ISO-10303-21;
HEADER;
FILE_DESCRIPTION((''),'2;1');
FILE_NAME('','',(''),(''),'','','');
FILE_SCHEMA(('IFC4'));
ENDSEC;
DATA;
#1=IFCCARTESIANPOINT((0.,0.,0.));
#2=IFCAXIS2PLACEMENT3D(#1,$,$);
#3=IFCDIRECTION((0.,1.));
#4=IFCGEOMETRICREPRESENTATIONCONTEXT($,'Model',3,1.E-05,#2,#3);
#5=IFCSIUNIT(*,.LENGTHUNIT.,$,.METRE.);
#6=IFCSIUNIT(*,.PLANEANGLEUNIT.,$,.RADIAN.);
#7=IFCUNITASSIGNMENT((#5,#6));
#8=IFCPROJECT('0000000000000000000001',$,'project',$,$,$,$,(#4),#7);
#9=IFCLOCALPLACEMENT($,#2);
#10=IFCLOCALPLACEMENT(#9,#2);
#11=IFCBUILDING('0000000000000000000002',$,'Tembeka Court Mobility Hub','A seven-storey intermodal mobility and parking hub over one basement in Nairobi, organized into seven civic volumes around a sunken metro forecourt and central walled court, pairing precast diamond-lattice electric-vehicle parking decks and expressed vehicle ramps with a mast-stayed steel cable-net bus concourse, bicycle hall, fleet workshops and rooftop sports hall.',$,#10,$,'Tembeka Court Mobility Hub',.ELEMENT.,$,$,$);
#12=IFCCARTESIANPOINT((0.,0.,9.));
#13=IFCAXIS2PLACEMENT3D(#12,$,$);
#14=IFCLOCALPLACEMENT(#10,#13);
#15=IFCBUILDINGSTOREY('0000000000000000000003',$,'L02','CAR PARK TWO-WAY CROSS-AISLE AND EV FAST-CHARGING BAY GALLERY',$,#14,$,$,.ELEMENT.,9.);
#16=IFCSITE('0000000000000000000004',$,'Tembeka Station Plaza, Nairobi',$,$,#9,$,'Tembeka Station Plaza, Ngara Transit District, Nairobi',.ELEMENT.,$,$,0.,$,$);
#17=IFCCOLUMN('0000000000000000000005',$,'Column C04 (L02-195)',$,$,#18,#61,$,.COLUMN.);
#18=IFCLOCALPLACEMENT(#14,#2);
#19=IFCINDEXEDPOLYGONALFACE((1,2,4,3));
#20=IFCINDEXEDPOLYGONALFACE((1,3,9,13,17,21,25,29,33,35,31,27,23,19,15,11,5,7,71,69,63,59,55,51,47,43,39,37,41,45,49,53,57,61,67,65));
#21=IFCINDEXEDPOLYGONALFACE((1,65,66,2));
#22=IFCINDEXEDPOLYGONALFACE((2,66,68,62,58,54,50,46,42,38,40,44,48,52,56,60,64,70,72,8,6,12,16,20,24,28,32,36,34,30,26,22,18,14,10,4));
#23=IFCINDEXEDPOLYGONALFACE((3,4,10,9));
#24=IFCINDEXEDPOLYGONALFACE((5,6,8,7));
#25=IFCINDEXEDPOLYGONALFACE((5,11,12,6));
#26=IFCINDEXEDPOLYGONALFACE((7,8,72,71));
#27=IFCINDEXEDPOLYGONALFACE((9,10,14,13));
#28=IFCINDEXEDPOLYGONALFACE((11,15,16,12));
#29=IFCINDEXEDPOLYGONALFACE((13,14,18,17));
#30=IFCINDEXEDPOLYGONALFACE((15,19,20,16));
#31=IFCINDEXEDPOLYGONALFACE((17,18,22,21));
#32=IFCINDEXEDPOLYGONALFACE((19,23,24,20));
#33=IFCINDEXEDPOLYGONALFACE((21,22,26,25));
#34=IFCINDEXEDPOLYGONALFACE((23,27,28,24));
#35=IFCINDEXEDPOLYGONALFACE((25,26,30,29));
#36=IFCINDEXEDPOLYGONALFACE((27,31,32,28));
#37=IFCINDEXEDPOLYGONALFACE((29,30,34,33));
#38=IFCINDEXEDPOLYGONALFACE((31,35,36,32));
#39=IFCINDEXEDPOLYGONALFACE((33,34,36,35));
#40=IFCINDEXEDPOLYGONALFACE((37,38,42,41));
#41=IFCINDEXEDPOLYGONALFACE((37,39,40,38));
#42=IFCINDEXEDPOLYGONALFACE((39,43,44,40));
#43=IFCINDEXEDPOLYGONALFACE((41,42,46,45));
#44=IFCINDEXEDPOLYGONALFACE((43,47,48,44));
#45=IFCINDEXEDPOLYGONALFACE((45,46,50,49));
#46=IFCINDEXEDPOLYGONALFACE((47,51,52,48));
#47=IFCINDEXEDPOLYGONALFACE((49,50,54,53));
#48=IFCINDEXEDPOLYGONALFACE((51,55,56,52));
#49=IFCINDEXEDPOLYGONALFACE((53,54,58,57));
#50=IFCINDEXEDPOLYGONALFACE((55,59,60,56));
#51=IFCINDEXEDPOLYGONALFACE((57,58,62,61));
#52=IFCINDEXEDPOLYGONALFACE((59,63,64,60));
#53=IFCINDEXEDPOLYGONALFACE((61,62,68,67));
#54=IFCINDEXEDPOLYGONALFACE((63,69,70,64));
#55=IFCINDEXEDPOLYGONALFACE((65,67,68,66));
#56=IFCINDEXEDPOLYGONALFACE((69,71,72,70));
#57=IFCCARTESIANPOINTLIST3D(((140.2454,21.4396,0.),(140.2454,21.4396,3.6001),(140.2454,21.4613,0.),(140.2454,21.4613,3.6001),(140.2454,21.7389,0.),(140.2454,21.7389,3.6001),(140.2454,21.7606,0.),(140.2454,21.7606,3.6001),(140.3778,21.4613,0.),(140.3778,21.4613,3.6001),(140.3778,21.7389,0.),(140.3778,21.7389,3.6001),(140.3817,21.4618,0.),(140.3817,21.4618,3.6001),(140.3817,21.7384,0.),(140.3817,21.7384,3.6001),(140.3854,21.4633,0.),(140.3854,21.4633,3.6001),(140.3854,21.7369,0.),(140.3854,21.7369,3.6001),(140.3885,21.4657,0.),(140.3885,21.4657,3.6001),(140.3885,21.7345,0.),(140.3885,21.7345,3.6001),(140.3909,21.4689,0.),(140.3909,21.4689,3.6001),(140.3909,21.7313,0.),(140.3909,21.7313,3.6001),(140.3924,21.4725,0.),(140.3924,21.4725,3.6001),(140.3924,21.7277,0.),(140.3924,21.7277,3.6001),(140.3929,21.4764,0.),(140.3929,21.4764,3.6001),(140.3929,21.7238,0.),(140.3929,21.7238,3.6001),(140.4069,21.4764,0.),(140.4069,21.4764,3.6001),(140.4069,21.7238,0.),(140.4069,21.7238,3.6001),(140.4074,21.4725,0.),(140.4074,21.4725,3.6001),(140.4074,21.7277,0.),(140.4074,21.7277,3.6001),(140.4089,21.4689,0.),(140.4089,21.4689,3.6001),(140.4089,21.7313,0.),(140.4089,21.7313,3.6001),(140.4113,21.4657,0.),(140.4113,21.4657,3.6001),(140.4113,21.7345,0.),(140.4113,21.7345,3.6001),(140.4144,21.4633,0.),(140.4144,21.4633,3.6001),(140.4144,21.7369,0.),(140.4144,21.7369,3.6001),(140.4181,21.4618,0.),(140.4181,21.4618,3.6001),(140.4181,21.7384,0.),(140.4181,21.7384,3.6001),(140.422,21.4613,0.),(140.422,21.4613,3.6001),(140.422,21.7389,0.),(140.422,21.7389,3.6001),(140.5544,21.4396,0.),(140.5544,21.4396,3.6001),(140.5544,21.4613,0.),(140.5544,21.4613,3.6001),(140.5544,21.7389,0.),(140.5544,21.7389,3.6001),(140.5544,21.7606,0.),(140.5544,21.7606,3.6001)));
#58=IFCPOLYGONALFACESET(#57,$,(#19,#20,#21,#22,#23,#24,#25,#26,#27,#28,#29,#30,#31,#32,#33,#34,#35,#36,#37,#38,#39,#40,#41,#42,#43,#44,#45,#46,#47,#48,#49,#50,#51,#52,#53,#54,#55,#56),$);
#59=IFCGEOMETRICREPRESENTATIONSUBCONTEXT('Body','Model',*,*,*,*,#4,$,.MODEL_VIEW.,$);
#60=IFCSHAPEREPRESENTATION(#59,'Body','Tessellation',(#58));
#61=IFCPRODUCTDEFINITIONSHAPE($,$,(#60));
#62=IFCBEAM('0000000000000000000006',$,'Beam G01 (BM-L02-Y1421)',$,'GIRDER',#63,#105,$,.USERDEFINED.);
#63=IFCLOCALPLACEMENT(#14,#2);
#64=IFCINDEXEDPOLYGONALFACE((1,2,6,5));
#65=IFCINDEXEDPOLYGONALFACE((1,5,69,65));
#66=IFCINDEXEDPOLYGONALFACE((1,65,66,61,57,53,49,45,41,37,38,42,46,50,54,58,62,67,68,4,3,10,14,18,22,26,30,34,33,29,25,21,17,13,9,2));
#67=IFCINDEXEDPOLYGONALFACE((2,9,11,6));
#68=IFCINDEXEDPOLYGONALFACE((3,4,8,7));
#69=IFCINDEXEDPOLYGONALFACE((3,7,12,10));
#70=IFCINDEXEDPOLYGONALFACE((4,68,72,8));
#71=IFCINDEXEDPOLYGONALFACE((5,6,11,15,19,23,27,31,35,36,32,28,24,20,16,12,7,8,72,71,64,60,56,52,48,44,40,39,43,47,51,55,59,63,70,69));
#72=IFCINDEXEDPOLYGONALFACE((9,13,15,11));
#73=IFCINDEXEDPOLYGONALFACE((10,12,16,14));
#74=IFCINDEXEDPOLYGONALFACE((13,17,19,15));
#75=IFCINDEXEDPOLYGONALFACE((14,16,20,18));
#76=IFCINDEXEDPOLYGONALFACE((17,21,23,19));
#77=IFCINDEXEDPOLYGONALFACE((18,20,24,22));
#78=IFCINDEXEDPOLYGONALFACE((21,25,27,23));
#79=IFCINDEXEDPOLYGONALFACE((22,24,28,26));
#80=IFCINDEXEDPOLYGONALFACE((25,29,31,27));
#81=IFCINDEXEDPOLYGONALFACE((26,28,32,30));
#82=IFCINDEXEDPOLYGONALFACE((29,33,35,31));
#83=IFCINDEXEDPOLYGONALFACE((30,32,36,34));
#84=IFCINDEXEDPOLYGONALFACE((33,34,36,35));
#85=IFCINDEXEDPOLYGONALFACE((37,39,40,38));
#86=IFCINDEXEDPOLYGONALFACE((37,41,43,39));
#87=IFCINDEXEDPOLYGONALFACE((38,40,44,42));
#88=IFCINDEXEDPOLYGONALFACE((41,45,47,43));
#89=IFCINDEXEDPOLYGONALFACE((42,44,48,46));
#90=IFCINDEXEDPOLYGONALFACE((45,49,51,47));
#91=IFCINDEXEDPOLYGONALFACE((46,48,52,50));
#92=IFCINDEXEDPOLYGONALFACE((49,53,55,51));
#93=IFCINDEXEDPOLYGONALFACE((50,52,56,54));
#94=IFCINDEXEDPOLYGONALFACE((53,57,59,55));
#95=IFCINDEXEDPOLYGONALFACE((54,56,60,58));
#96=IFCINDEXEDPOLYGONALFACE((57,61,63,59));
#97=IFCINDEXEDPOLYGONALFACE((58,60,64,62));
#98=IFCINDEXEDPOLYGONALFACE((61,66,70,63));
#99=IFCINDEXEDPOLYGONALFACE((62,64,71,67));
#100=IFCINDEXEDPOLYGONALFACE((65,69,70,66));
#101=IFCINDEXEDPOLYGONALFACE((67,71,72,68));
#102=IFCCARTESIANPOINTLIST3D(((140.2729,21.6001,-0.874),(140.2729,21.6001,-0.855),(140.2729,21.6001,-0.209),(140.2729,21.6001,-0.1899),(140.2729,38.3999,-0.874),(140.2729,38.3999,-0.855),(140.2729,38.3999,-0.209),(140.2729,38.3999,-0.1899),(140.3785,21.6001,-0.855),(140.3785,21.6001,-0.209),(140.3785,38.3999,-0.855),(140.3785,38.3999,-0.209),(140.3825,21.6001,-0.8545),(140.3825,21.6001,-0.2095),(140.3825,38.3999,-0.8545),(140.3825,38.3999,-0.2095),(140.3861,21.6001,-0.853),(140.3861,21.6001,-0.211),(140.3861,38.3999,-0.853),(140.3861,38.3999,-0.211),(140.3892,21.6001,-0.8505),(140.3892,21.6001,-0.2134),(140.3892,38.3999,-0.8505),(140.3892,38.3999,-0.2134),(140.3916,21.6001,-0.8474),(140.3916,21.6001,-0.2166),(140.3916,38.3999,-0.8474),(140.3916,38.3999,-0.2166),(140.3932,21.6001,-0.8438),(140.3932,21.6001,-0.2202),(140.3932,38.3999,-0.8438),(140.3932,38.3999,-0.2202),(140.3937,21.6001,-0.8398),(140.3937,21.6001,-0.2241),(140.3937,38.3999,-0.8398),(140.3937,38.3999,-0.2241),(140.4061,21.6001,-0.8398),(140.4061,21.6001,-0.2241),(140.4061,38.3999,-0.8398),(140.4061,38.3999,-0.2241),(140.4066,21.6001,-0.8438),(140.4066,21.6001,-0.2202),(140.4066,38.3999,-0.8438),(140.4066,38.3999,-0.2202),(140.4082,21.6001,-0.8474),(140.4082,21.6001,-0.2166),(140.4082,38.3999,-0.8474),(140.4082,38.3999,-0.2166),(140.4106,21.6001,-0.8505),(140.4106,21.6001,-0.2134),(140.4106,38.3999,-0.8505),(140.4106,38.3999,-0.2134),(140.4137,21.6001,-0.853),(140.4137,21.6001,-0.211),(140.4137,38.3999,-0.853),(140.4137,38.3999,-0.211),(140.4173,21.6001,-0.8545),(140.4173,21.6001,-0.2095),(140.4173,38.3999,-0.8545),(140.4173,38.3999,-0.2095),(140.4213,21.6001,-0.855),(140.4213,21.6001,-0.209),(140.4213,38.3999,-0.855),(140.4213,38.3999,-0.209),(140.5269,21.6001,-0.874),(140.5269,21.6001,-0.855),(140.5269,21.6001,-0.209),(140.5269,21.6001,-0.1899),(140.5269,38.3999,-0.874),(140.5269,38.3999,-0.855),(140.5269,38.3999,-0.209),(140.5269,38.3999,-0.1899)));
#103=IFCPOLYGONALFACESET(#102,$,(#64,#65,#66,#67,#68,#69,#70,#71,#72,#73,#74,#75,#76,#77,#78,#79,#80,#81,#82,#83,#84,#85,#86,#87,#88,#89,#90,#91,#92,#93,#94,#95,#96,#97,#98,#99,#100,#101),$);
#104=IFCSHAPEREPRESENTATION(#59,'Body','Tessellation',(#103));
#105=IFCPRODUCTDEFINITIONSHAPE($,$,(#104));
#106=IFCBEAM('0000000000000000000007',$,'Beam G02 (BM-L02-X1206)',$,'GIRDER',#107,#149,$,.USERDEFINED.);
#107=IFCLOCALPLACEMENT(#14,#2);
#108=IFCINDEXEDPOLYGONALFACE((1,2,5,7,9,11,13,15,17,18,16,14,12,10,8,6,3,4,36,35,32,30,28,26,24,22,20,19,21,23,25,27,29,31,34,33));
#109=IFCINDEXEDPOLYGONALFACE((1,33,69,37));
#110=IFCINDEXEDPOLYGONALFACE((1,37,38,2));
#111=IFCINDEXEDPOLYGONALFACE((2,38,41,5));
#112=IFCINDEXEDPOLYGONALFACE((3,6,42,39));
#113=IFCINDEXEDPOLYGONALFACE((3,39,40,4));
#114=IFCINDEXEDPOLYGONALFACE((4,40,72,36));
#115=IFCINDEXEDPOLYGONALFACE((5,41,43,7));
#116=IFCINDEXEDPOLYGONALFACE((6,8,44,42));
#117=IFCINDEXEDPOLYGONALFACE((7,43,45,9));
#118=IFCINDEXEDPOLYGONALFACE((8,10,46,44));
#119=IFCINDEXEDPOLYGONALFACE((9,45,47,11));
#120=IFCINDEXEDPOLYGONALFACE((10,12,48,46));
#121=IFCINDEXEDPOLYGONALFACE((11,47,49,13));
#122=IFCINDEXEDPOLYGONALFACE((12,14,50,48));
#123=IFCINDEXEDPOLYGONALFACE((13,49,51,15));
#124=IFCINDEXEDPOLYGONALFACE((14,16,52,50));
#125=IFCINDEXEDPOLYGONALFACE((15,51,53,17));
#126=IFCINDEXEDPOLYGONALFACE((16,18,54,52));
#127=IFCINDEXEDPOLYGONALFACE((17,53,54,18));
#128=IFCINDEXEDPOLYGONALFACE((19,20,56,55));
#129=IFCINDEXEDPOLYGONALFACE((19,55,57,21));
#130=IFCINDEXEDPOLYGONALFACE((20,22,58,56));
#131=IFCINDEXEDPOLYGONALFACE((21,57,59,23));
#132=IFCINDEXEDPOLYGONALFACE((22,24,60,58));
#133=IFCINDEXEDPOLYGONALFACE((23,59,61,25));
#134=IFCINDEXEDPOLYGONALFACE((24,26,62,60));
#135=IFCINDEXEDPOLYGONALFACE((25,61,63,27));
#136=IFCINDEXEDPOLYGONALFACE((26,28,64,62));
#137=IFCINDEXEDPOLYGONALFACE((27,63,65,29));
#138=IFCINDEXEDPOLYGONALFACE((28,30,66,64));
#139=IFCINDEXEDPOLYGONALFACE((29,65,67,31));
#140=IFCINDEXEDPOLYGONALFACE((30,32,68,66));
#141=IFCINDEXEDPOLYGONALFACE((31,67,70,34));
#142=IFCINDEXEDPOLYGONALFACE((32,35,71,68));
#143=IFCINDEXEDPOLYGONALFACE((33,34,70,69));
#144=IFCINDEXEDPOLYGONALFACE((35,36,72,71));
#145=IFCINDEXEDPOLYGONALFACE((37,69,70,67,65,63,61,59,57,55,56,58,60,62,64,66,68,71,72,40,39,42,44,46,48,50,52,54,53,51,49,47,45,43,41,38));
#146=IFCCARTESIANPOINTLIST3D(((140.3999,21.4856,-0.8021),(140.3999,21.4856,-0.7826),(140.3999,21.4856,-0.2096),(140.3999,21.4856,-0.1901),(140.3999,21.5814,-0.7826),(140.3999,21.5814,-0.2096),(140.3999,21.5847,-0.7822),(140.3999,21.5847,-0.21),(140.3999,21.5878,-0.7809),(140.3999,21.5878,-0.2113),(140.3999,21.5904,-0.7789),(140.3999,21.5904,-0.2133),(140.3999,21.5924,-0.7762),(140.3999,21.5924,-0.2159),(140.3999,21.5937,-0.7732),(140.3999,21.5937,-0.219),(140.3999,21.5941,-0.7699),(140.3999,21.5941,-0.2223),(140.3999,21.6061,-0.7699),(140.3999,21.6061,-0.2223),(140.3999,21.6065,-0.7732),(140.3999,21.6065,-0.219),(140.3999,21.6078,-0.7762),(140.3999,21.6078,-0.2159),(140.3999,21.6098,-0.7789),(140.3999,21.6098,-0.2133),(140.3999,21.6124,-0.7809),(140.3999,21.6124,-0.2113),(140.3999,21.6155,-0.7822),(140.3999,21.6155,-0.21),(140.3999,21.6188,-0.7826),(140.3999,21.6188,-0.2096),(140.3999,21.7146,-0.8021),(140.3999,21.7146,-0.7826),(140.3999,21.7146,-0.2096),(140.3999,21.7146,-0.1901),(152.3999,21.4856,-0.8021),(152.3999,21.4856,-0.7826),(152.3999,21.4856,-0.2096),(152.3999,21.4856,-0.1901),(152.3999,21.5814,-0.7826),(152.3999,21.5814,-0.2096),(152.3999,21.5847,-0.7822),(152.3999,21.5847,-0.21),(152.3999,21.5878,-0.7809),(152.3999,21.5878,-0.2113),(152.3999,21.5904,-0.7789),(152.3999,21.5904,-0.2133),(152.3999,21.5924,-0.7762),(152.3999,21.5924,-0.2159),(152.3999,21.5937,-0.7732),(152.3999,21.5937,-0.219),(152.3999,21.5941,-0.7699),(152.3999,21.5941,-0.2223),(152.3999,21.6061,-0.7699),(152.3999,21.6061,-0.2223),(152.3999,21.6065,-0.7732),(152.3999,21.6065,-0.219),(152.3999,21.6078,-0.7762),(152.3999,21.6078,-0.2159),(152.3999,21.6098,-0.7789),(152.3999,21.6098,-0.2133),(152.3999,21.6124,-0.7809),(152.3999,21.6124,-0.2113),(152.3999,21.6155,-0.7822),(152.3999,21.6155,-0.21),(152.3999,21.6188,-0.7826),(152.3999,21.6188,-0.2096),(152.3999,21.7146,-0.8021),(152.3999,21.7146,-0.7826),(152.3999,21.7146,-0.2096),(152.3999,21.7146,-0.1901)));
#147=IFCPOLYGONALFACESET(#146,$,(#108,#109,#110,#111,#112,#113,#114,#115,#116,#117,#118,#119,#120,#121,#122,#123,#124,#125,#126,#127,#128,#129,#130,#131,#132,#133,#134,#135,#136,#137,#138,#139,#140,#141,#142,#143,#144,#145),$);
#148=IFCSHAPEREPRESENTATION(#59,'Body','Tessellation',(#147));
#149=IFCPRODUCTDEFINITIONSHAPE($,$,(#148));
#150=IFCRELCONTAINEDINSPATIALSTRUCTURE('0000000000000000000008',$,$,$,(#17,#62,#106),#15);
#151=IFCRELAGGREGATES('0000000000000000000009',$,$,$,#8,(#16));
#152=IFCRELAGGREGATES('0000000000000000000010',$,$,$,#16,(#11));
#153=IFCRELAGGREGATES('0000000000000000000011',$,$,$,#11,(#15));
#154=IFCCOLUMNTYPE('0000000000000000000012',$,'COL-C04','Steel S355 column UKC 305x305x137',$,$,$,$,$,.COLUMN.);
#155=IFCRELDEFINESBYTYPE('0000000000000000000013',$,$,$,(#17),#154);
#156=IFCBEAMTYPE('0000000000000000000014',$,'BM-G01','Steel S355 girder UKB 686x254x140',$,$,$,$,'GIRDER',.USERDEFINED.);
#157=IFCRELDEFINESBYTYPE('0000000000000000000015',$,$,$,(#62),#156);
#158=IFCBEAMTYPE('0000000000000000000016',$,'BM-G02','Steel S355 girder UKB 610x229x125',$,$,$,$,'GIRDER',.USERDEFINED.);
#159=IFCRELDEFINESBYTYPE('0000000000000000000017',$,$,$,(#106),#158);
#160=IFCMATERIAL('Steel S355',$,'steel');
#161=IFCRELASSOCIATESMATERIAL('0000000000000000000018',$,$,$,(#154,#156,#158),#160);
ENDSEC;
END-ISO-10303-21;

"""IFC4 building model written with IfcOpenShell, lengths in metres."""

from ifc_helpers import new_model, si_unit, direction, frame, origin, origin_2d, place, context, subcontext, project, spatial, i_section, extrude, material, material_profile, profile_set, type_object, element, save


model = new_model("IFC4")

# Units and contexts
model_context = context("Model", 3, precision=1e-05, world=origin(), true_north=direction((0.0, 1.0)))
body_context = subcontext(model_context, "Body", "Model", "MODEL_VIEW")
ifc_project = project(units=[si_unit("LENGTHUNIT", "METRE"), si_unit("PLANEANGLEUNIT", "RADIAN")], contexts=[model_context])

# Site, building, storey
site_placement = place(None, origin())
site = spatial("IfcSite", under=ifc_project, at=site_placement, Name="Tembeka Station Plaza, Nairobi", LongName="Tembeka Station Plaza, Ngara Transit District, Nairobi", CompositionType="ELEMENT", RefElevation=0.0)
building_placement = place(site_placement, origin())
building = spatial("IfcBuilding", under=site, at=building_placement, Name="Tembeka Court Mobility Hub", Description="A seven-storey intermodal mobility and parking hub over one basement in Nairobi, organized into seven civic volumes around a sunken metro forecourt and central walled court, pairing precast diamond-lattice electric-vehicle parking decks and expressed vehicle ramps with a mast-stayed steel cable-net bus concourse, bicycle hall, fleet workshops and rooftop sports hall.", LongName="Tembeka Court Mobility Hub", CompositionType="ELEMENT")
storey_placement = place(building_placement, frame((0.0, 0.0, 9.0)))
storey = spatial("IfcBuildingStorey", under=building, at=storey_placement, Name="L02", Description="CAR PARK TWO-WAY CROSS-AISLE AND EV FAST-CHARGING BAY GALLERY", CompositionType="ELEMENT", Elevation=9.0)

# Column
ifc_material_1 = material(Name="Steel S355", Category="steel")
ifc_material_profile_1 = material_profile(ifc_material_1, i_section(OverallWidth=0.3091, OverallDepth=0.321, WebThickness=0.0139, FlangeThickness=0.0217, FilletRadius=0.0151, at=origin_2d()), Name="UKC 305x305x137")
ifc_profile_set_1 = profile_set([ifc_material_profile_1], Name="Steel S355")
column_type = type_object("IfcColumnType", Name="COL-C04", Description="Steel S355 column UKC 305x305x137", PredefinedType="COLUMN", material=ifc_profile_set_1)
column_placement = place(storey_placement, frame((140.3999, 21.6001, 0.0), z_axis=(0.0, 0.0, 1.0), x_axis=(1.0, 0.0, 0.0)))
element("IfcColumn", 1, at=column_placement, inside=storey, type_object=column_type, Name="Column C04 (L02-195)", PredefinedType="COLUMN", context=body_context, shape_type="SweptSolid", body=[
    extrude(i_section(OverallWidth=0.3091, OverallDepth=0.321, WebThickness=0.0139, FlangeThickness=0.0217, FilletRadius=0.0151, at=origin_2d()), origin(), (0.0, 0.0, 1.0), 3.6001),
])

# Beams
ifc_material_profile_2 = material_profile(ifc_material_1, i_section(OverallWidth=0.2539, OverallDepth=0.6841, WebThickness=0.0125, FlangeThickness=0.019, FilletRadius=0.0151, at=origin_2d()), Name="UKB 686x254x140")
ifc_profile_set_2 = profile_set([ifc_material_profile_2], Name="Steel S355")
beam_type_1 = type_object("IfcBeamType", Name="BM-G01", Description="Steel S355 girder UKB 686x254x140", ElementType="GIRDER", PredefinedType="USERDEFINED", material=ifc_profile_set_2)
beam_1_placement = place(storey_placement, frame((140.3999, 21.6001, -0.532), z_axis=(0.0, 1.0, 0.0), x_axis=(-1.0, 0.0, 0.0)))
element("IfcBeam", 2, at=beam_1_placement, inside=storey, type_object=beam_type_1, Name="Beam G01 (BM-L02-Y1421)", ObjectType="GIRDER", PredefinedType="USERDEFINED", context=body_context, shape_type="SweptSolid", body=[
    extrude(i_section(OverallWidth=0.2539, OverallDepth=0.6841, WebThickness=0.0125, FlangeThickness=0.019, FilletRadius=0.0151, at=origin_2d()), origin(), (0.0, 0.0, 1.0), 16.7998),
])
ifc_material_profile_3 = material_profile(ifc_material_1, i_section(OverallWidth=0.229, OverallDepth=0.6121, WebThickness=0.012, FlangeThickness=0.0195, FilletRadius=0.0127, at=origin_2d()), Name="UKB 610x229x125")
ifc_profile_set_3 = profile_set([ifc_material_profile_3], Name="Steel S355")
beam_type_2 = type_object("IfcBeamType", Name="BM-G02", Description="Steel S355 girder UKB 610x229x125", ElementType="GIRDER", PredefinedType="USERDEFINED", material=ifc_profile_set_3)
beam_2_placement = place(storey_placement, frame((140.3999, 21.6001, -0.4961), z_axis=(1.0, 0.0, 0.0), x_axis=(0.0, 1.0, 0.0)))
element("IfcBeam", 3, at=beam_2_placement, inside=storey, type_object=beam_type_2, Name="Beam G02 (BM-L02-X1206)", ObjectType="GIRDER", PredefinedType="USERDEFINED", context=body_context, shape_type="SweptSolid", body=[
    extrude(i_section(OverallWidth=0.229, OverallDepth=0.6121, WebThickness=0.012, FlangeThickness=0.0195, FilletRadius=0.0127, at=origin_2d()), origin(), (0.0, 0.0, 1.0), 12.0),
])

save(model, "model.ifc")
